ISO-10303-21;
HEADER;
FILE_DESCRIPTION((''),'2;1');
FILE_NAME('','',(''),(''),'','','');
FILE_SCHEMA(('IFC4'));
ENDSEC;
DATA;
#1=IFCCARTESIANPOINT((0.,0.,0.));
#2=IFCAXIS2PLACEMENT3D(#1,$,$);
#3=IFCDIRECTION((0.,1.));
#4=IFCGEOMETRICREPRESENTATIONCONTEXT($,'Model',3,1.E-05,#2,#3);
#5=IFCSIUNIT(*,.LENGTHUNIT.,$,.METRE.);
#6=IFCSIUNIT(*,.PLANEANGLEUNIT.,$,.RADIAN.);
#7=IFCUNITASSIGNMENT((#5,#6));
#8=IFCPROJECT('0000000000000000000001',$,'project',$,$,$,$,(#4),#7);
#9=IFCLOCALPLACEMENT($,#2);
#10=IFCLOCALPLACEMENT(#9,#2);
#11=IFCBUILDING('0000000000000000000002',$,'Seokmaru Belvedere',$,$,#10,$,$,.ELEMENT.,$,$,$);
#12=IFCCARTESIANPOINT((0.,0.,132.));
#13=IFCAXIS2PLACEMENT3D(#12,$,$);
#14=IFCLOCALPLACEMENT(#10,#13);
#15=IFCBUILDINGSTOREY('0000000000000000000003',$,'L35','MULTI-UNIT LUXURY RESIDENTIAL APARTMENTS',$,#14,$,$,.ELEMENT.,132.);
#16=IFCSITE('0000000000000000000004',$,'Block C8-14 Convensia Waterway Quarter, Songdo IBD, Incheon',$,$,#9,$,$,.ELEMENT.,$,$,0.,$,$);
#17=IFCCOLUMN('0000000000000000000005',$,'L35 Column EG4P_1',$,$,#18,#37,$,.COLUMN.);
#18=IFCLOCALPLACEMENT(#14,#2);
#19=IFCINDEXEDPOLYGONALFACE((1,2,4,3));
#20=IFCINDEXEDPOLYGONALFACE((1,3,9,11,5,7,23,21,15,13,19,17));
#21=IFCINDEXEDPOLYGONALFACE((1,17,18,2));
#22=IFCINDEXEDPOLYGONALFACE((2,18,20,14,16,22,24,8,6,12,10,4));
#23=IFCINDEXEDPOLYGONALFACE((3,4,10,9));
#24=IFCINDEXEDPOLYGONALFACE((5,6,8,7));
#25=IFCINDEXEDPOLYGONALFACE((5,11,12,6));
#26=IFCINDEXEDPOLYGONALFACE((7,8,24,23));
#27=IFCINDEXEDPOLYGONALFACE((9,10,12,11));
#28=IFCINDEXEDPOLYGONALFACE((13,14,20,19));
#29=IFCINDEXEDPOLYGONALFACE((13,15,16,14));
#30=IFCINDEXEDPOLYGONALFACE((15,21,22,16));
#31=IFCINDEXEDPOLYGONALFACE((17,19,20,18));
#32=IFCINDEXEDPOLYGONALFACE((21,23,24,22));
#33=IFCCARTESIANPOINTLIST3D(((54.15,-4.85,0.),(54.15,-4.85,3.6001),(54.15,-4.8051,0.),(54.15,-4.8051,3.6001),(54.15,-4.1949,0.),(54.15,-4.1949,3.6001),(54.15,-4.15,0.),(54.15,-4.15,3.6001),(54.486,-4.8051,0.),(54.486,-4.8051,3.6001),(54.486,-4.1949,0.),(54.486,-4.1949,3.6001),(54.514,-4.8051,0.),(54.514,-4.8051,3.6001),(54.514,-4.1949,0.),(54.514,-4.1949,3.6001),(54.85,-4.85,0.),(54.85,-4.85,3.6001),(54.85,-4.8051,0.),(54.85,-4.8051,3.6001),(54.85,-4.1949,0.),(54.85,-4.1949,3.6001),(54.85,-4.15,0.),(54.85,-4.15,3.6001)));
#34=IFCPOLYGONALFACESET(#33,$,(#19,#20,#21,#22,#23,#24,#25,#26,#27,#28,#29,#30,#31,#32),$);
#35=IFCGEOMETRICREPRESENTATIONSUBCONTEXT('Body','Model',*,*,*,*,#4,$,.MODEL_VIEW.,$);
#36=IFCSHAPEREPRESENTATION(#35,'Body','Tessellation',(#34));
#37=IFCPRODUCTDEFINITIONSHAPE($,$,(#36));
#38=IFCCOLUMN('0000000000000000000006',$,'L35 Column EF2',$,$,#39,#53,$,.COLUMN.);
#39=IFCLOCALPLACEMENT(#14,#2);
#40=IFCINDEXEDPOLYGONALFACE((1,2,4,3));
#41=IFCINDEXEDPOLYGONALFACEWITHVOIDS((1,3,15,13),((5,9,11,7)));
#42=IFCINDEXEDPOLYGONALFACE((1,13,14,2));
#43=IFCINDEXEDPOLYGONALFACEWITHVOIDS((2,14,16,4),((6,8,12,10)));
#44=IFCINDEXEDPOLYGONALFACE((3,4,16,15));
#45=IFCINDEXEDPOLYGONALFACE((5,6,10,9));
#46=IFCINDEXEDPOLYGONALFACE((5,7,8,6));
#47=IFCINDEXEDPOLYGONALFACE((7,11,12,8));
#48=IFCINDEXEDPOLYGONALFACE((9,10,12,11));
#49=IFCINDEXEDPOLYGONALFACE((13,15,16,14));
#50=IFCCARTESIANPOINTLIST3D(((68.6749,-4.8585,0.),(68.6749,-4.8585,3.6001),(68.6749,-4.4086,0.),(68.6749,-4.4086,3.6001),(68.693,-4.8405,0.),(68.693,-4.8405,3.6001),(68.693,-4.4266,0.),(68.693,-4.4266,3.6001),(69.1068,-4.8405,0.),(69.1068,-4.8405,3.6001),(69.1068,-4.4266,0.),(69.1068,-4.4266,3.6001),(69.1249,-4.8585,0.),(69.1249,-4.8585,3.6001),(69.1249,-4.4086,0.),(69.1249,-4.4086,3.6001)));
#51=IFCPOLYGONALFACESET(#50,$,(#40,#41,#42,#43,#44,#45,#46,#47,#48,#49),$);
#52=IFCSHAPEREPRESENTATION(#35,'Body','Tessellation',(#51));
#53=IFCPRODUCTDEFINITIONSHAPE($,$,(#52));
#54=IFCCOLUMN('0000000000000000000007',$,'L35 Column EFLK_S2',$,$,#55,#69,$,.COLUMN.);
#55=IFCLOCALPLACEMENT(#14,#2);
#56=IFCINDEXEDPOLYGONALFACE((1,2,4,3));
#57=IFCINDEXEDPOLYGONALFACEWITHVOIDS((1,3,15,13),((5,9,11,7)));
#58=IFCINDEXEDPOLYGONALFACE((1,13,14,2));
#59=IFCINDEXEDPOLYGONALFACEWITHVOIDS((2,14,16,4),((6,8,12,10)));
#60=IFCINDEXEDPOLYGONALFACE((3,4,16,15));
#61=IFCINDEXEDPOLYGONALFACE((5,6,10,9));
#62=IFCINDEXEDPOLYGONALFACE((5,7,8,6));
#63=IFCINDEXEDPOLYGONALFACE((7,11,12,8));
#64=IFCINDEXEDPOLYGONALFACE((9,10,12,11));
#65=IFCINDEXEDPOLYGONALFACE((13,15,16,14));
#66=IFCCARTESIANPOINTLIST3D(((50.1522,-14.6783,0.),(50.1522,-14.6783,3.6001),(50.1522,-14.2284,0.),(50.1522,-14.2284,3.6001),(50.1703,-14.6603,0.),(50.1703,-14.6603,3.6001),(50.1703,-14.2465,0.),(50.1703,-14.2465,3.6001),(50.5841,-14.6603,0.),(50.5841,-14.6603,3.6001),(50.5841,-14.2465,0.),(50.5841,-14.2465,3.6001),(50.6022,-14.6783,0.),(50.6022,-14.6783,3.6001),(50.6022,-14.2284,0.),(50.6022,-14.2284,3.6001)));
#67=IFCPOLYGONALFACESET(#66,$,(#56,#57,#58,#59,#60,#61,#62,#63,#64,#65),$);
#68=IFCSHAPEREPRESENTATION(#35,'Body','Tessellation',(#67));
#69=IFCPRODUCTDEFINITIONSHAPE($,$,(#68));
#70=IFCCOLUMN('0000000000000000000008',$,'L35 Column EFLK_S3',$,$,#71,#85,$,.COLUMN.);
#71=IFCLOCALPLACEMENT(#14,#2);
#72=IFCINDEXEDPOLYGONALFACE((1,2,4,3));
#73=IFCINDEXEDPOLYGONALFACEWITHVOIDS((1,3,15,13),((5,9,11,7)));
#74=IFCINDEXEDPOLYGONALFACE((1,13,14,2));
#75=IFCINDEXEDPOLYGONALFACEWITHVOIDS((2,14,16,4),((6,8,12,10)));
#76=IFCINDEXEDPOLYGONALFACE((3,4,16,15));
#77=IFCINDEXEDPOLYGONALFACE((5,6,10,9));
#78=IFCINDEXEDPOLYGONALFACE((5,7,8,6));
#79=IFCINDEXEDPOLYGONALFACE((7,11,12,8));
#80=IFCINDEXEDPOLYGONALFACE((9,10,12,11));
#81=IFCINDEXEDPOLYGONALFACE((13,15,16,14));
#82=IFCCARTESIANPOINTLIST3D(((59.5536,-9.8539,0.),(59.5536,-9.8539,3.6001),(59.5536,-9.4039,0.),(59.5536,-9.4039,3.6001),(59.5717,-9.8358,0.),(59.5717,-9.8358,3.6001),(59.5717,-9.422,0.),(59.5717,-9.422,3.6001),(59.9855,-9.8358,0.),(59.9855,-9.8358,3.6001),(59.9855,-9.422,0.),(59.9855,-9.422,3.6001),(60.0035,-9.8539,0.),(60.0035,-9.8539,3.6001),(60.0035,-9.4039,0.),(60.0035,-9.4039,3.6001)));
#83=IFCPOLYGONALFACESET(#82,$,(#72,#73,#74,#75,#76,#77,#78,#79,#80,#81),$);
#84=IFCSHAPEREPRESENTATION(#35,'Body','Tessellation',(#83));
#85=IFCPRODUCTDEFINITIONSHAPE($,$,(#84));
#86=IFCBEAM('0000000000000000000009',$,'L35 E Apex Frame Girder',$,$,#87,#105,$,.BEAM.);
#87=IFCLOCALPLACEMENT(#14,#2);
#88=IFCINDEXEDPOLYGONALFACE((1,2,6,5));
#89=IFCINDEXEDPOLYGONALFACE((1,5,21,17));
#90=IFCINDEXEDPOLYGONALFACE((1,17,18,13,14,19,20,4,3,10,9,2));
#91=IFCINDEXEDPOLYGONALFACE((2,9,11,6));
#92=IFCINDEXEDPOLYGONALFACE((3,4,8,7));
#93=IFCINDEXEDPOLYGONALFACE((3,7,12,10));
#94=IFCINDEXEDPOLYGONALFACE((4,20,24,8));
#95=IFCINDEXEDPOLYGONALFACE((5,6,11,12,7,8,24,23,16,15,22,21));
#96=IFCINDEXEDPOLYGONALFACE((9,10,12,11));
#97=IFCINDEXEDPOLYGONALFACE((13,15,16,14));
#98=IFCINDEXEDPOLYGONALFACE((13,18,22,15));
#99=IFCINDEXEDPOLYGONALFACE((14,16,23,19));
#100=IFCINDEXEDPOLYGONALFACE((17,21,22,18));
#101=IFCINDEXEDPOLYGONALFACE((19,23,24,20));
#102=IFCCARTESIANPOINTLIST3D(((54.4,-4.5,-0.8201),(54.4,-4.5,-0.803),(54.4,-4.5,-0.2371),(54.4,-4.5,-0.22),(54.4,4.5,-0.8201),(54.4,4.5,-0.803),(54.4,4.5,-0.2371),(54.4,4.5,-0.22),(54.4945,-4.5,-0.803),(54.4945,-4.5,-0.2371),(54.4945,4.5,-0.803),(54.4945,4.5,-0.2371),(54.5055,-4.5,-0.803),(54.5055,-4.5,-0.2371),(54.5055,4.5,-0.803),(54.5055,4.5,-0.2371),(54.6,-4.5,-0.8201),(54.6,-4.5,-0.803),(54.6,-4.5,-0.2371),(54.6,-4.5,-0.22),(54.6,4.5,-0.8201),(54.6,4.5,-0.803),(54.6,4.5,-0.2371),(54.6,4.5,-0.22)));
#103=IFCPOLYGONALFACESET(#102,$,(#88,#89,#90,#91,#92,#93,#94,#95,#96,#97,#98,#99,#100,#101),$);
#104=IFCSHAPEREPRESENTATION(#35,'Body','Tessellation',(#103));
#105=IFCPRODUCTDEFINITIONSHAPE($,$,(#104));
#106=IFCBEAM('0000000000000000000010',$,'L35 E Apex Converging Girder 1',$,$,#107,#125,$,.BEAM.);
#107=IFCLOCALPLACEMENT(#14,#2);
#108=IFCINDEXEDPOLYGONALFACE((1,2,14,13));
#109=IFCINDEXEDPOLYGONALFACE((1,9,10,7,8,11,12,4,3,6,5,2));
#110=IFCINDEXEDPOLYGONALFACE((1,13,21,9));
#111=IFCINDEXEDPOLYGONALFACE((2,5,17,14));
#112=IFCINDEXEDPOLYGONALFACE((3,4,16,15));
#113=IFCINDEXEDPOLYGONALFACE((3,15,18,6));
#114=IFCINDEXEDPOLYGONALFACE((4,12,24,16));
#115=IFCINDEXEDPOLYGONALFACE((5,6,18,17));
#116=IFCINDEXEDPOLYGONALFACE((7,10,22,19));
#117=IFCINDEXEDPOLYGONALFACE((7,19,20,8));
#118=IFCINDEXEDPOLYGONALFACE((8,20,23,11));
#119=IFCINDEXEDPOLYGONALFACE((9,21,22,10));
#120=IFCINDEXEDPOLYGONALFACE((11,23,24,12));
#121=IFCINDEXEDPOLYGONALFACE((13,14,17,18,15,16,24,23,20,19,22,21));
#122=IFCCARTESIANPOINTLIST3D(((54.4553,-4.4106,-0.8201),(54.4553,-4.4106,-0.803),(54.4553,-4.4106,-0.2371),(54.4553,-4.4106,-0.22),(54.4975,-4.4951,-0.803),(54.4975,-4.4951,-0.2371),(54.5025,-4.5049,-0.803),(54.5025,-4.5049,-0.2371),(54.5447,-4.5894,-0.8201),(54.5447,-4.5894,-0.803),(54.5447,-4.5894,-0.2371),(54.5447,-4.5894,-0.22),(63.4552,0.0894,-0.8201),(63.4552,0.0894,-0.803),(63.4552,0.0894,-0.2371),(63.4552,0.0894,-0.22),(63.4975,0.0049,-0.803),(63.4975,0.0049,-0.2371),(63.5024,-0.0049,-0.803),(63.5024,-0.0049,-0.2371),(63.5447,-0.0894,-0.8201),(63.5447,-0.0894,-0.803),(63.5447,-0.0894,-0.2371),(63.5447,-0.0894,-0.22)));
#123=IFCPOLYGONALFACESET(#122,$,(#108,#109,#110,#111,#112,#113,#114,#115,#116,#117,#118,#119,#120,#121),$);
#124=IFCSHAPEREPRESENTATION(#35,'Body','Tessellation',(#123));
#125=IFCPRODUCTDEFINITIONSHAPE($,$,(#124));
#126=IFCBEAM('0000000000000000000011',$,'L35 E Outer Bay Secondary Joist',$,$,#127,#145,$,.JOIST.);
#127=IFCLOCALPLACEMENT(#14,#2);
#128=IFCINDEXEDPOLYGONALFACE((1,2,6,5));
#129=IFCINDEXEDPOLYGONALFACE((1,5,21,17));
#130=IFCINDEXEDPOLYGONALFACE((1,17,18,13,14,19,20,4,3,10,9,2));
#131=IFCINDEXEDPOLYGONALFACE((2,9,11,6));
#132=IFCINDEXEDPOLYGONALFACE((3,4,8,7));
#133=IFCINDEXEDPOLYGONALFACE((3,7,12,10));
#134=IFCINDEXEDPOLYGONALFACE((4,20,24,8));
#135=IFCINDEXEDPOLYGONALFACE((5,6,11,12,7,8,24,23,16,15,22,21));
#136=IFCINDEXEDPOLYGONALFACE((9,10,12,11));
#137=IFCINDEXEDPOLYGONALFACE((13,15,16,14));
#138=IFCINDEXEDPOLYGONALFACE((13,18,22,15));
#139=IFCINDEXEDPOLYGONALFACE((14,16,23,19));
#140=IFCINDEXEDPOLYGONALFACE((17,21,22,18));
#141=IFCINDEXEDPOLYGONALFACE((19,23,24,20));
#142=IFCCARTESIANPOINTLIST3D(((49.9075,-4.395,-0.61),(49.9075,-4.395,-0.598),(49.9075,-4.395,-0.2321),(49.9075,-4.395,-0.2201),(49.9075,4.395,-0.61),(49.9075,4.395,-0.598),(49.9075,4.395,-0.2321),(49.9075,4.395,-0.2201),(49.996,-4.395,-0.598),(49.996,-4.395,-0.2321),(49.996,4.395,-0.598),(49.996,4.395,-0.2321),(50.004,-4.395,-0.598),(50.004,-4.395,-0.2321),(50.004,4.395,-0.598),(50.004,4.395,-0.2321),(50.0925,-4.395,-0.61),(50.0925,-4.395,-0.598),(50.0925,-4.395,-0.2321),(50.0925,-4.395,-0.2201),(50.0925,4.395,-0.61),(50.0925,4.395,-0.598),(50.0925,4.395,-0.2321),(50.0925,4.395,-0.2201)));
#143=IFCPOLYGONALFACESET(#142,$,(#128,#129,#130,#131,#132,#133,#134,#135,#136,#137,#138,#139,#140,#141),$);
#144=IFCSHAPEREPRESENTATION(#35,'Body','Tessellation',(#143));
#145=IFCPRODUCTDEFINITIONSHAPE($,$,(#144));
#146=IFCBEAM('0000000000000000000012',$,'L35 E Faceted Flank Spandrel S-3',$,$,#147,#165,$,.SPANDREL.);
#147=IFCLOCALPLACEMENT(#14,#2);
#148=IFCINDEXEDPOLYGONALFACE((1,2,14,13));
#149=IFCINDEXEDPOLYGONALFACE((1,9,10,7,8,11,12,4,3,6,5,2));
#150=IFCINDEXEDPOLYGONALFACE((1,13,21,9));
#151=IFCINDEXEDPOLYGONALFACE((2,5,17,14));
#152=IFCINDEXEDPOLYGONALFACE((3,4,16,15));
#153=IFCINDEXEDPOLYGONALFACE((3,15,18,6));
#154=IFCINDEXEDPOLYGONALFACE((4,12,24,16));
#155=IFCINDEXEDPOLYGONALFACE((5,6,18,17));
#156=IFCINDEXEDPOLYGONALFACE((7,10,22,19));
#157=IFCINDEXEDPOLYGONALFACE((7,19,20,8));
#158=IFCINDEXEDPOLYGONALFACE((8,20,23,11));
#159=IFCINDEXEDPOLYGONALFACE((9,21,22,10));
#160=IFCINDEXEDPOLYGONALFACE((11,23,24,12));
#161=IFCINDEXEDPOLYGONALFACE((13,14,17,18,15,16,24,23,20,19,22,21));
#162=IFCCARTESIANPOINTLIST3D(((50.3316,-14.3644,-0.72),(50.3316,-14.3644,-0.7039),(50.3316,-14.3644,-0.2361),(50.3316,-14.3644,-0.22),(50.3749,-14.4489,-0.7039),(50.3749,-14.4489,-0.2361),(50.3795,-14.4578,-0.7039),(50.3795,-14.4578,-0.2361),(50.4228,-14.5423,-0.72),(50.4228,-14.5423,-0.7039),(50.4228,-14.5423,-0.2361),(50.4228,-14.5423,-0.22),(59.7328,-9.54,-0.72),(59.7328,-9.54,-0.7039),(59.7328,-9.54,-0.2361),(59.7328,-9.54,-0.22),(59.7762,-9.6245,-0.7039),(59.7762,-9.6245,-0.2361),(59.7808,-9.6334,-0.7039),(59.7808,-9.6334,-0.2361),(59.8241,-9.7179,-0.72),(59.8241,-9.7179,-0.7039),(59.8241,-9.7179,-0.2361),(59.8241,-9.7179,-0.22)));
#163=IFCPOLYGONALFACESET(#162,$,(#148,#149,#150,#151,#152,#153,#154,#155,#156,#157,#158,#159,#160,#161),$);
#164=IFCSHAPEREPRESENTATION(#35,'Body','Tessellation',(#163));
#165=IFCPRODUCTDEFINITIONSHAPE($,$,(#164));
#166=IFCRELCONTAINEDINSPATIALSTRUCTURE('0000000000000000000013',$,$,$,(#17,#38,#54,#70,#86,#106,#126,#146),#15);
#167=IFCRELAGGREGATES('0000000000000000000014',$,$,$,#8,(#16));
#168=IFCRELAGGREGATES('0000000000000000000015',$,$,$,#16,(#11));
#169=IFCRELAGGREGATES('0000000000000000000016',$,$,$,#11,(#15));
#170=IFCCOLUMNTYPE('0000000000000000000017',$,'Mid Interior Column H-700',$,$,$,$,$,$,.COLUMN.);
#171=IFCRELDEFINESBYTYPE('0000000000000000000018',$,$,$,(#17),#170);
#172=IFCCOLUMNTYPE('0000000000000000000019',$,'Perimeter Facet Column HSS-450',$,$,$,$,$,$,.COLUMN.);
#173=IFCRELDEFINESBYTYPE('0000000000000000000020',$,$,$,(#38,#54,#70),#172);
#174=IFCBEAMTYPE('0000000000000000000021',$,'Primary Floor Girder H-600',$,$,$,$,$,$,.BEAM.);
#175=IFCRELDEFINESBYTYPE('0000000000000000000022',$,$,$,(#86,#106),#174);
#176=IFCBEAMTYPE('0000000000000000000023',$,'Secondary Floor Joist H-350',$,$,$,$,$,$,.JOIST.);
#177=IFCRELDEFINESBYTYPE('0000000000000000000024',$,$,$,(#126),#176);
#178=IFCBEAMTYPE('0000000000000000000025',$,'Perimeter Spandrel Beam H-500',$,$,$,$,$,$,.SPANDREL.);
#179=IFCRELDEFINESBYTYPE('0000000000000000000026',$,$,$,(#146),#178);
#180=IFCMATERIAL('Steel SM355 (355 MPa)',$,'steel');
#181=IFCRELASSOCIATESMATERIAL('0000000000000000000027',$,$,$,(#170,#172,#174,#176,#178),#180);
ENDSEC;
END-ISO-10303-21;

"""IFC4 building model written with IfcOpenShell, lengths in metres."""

from ifc_helpers import new_model, si_unit, direction, frame, origin, origin_2d, place, context, subcontext, project, spatial, hollow_rectangle, i_section, extrude, source, transform, mapped, material, material_profile, profile_set, type_object, type_shapes, element, save


model = new_model("IFC4")

# Units and contexts
model_context = context("Model", 3, precision=1e-05, world=origin(), true_north=direction((0.0, 1.0)))
body_context = subcontext(model_context, "Body", "Model", "MODEL_VIEW")
ifc_project = project(units=[si_unit("LENGTHUNIT", "METRE"), si_unit("PLANEANGLEUNIT", "RADIAN")], contexts=[model_context])

# Site, building, storey
site_placement = place(None, origin())
site = spatial("IfcSite", under=ifc_project, at=site_placement, Name="Block C8-14 Convensia Waterway Quarter, Songdo IBD, Incheon", CompositionType="ELEMENT", RefElevation=0.0)
building_placement = place(site_placement, origin())
building = spatial("IfcBuilding", under=site, at=building_placement, Name="Seokmaru Belvedere", CompositionType="ELEMENT")
storey_placement = place(building_placement, frame((0.0, 0.0, 132.0)))
storey = spatial("IfcBuildingStorey", under=building, at=storey_placement, Name="L35", Description="MULTI-UNIT LUXURY RESIDENTIAL APARTMENTS", CompositionType="ELEMENT", Elevation=132.0)

# Columns
ifc_material_1 = material(Name="Steel SM355 (355 MPa)", Category="steel")
ifc_material_profile_1 = material_profile(ifc_material_1, i_section(OverallWidth=0.7, OverallDepth=0.7, WebThickness=0.0281, FlangeThickness=0.0449, at=origin_2d()), Name="H-700x700x28x45")
ifc_profile_set_1 = profile_set([ifc_material_profile_1], Name="Steel SM355 (355 MPa)")
column_type_1 = type_object("IfcColumnType", Name="Mid Interior Column H-700", PredefinedType="COLUMN", material=ifc_profile_set_1)
shared_shape_1 = source(origin(), body_context, "Body", "SweptSolid", [
    extrude(i_section(OverallWidth=0.7, OverallDepth=0.7, WebThickness=0.0281, FlangeThickness=0.0449, at=origin_2d()), origin(), (0.0, 0.0, 1.0), 3.6001),
])
type_shapes(column_type_1, [shared_shape_1])
column_placement = place(storey_placement, frame((54.5, -4.5, 0.0), z_axis=(0.0, 0.0, 1.0), x_axis=(1.0, 0.0, 0.0)))
element("IfcColumn", 1, at=column_placement, inside=storey, type_object=column_type_1, Name="L35 Column EG4P_1", PredefinedType="COLUMN", context=body_context, shape_type="MappedRepresentation", body=[
    mapped(shared_shape_1, transform((0.0, 0.0, 0.0), scale=1.0)),
])
ifc_material_profile_2 = material_profile(ifc_material_1, hollow_rectangle(XDim=0.45, YDim=0.45, WallThickness=0.0181, at=origin_2d()), Name="HSS-450x450x18")
ifc_profile_set_2 = profile_set([ifc_material_profile_2], Name="Steel SM355 (355 MPa)")
column_type_2 = type_object("IfcColumnType", Name="Perimeter Facet Column HSS-450", PredefinedType="COLUMN", material=ifc_profile_set_2)
shared_shape_2 = source(origin(), body_context, "Body", "SweptSolid", [
    extrude(hollow_rectangle(XDim=0.45, YDim=0.45, WallThickness=0.0181, at=origin_2d()), origin(), (0.0, 0.0, 1.0), 3.6001),
])
type_shapes(column_type_2, [shared_shape_2])
for number, where, z_axis, x_axis, name in (
    (2, (68.8999, -4.6335, 0.0), (0.0, 0.0, 1.0), (1.0, 0.0, 0.0), "L35 Column EF2"),
    (3, (50.3772, -14.4534, 0.0), (0.0, 0.0, 1.0), (1.0, 0.0, 0.0), "L35 Column EFLK_S2"),
    (4, (59.7786, -9.6289, 0.0), (0.0, 0.0, 1.0), (1.0, 0.0, 0.0), "L35 Column EFLK_S3"),
):
    element("IfcColumn", number, at=place(storey_placement, frame(where, z_axis=z_axis, x_axis=x_axis)), inside=storey, type_object=column_type_2, Name=name, PredefinedType="COLUMN", context=body_context, shape_type="MappedRepresentation", body=[
        mapped(shared_shape_2, transform((0.0, 0.0, 0.0), scale=1.0)),
    ])

# Beams
ifc_material_profile_3 = material_profile(ifc_material_1, i_section(OverallWidth=0.2, OverallDepth=0.6001, WebThickness=0.011, FlangeThickness=0.0171, at=origin_2d()), Name="H-600x200x11x17")
ifc_profile_set_3 = profile_set([ifc_material_profile_3], Name="Steel SM355 (355 MPa)")
beam_type_1 = type_object("IfcBeamType", Name="Primary Floor Girder H-600", PredefinedType="BEAM", material=ifc_profile_set_3)
shared_shape_3 = source(origin(), body_context, "Body", "SweptSolid", [
    extrude(i_section(OverallWidth=0.2, OverallDepth=0.6001, WebThickness=0.011, FlangeThickness=0.0171, at=origin_2d()), origin(), (0.0, 0.0, 1.0), 9.0),
])
beam_1_placement = place(storey_placement, frame((54.5, -4.5, -0.52), z_axis=(0.0, 1.0, 0.0), x_axis=(-1.0, 0.0, 0.0)))
element("IfcBeam", 5, at=beam_1_placement, inside=storey, type_object=beam_type_1, Name="L35 E Apex Frame Girder", PredefinedType="BEAM", context=body_context, shape_type="MappedRepresentation", body=[
    mapped(shared_shape_3, transform((0.0, 0.0, 0.0), scale=1.0)),
])
shared_shape_4 = source(origin(), body_context, "Body", "SweptSolid", [
    extrude(i_section(OverallWidth=0.2, OverallDepth=0.6001, WebThickness=0.011, FlangeThickness=0.0171, at=origin_2d()), origin(), (0.0, 0.0, 1.0), 10.0623),
])
beam_2_placement = place(storey_placement, frame((54.5, -4.5, -0.52), z_axis=(0.894427, 0.447214, 0.0), x_axis=(-0.447214, 0.894427, 0.0)))
element("IfcBeam", 6, at=beam_2_placement, inside=storey, type_object=beam_type_1, Name="L35 E Apex Converging Girder 1", PredefinedType="BEAM", context=body_context, shape_type="MappedRepresentation", body=[
    mapped(shared_shape_4, transform((0.0, 0.0, 0.0), scale=1.0)),
])
ifc_material_profile_4 = material_profile(ifc_material_1, i_section(OverallWidth=0.1851, OverallDepth=0.3899, WebThickness=0.0081, FlangeThickness=0.012, at=origin_2d()), Name="H-390x185x8x12")
ifc_profile_set_4 = profile_set([ifc_material_profile_4], Name="Steel SM355 (355 MPa)")
beam_type_2 = type_object("IfcBeamType", Name="Secondary Floor Joist H-350", PredefinedType="JOIST", material=ifc_profile_set_4)
shared_shape_5 = source(origin(), body_context, "Body", "SweptSolid", [
    extrude(i_section(OverallWidth=0.1851, OverallDepth=0.3899, WebThickness=0.0081, FlangeThickness=0.012, at=origin_2d()), origin(), (0.0, 0.0, 1.0), 8.79),
])
type_shapes(beam_type_2, [shared_shape_5])
beam_3_placement = place(storey_placement, frame((50.0, -4.395, -0.415), z_axis=(0.0, 1.0, 0.0), x_axis=(-1.0, 0.0, 0.0)))
element("IfcBeam", 7, at=beam_3_placement, inside=storey, type_object=beam_type_2, Name="L35 E Outer Bay Secondary Joist", PredefinedType="JOIST", context=body_context, shape_type="MappedRepresentation", body=[
    mapped(shared_shape_5, transform((0.0, 0.0, 0.0), scale=1.0)),
])
ifc_material_profile_5 = material_profile(ifc_material_1, i_section(OverallWidth=0.2, OverallDepth=0.5, WebThickness=0.01, FlangeThickness=0.0161, at=origin_2d()), Name="H-500x200x10x16")
ifc_profile_set_5 = profile_set([ifc_material_profile_5], Name="Steel SM355 (355 MPa)")
beam_type_3 = type_object("IfcBeamType", Name="Perimeter Spandrel Beam H-500", PredefinedType="SPANDREL", material=ifc_profile_set_5)
shared_shape_6 = source(origin(), body_context, "Body", "SweptSolid", [
    extrude(i_section(OverallWidth=0.2, OverallDepth=0.5, WebThickness=0.01, FlangeThickness=0.0161, at=origin_2d()), origin(), (0.0, 0.0, 1.0), 10.5669),
])
beam_4_placement = place(storey_placement, frame((50.3772, -14.4534, -0.47), z_axis=(0.889693, 0.45656, 0.0), x_axis=(-0.45656, 0.889693, 0.0)))
element("IfcBeam", 8, at=beam_4_placement, inside=storey, type_object=beam_type_3, Name="L35 E Faceted Flank Spandrel S-3", PredefinedType="SPANDREL", context=body_context, shape_type="MappedRepresentation", body=[
    mapped(shared_shape_6, transform((0.0, 0.0, 0.0), scale=1.0)),
])

save(model, "model.ifc")
